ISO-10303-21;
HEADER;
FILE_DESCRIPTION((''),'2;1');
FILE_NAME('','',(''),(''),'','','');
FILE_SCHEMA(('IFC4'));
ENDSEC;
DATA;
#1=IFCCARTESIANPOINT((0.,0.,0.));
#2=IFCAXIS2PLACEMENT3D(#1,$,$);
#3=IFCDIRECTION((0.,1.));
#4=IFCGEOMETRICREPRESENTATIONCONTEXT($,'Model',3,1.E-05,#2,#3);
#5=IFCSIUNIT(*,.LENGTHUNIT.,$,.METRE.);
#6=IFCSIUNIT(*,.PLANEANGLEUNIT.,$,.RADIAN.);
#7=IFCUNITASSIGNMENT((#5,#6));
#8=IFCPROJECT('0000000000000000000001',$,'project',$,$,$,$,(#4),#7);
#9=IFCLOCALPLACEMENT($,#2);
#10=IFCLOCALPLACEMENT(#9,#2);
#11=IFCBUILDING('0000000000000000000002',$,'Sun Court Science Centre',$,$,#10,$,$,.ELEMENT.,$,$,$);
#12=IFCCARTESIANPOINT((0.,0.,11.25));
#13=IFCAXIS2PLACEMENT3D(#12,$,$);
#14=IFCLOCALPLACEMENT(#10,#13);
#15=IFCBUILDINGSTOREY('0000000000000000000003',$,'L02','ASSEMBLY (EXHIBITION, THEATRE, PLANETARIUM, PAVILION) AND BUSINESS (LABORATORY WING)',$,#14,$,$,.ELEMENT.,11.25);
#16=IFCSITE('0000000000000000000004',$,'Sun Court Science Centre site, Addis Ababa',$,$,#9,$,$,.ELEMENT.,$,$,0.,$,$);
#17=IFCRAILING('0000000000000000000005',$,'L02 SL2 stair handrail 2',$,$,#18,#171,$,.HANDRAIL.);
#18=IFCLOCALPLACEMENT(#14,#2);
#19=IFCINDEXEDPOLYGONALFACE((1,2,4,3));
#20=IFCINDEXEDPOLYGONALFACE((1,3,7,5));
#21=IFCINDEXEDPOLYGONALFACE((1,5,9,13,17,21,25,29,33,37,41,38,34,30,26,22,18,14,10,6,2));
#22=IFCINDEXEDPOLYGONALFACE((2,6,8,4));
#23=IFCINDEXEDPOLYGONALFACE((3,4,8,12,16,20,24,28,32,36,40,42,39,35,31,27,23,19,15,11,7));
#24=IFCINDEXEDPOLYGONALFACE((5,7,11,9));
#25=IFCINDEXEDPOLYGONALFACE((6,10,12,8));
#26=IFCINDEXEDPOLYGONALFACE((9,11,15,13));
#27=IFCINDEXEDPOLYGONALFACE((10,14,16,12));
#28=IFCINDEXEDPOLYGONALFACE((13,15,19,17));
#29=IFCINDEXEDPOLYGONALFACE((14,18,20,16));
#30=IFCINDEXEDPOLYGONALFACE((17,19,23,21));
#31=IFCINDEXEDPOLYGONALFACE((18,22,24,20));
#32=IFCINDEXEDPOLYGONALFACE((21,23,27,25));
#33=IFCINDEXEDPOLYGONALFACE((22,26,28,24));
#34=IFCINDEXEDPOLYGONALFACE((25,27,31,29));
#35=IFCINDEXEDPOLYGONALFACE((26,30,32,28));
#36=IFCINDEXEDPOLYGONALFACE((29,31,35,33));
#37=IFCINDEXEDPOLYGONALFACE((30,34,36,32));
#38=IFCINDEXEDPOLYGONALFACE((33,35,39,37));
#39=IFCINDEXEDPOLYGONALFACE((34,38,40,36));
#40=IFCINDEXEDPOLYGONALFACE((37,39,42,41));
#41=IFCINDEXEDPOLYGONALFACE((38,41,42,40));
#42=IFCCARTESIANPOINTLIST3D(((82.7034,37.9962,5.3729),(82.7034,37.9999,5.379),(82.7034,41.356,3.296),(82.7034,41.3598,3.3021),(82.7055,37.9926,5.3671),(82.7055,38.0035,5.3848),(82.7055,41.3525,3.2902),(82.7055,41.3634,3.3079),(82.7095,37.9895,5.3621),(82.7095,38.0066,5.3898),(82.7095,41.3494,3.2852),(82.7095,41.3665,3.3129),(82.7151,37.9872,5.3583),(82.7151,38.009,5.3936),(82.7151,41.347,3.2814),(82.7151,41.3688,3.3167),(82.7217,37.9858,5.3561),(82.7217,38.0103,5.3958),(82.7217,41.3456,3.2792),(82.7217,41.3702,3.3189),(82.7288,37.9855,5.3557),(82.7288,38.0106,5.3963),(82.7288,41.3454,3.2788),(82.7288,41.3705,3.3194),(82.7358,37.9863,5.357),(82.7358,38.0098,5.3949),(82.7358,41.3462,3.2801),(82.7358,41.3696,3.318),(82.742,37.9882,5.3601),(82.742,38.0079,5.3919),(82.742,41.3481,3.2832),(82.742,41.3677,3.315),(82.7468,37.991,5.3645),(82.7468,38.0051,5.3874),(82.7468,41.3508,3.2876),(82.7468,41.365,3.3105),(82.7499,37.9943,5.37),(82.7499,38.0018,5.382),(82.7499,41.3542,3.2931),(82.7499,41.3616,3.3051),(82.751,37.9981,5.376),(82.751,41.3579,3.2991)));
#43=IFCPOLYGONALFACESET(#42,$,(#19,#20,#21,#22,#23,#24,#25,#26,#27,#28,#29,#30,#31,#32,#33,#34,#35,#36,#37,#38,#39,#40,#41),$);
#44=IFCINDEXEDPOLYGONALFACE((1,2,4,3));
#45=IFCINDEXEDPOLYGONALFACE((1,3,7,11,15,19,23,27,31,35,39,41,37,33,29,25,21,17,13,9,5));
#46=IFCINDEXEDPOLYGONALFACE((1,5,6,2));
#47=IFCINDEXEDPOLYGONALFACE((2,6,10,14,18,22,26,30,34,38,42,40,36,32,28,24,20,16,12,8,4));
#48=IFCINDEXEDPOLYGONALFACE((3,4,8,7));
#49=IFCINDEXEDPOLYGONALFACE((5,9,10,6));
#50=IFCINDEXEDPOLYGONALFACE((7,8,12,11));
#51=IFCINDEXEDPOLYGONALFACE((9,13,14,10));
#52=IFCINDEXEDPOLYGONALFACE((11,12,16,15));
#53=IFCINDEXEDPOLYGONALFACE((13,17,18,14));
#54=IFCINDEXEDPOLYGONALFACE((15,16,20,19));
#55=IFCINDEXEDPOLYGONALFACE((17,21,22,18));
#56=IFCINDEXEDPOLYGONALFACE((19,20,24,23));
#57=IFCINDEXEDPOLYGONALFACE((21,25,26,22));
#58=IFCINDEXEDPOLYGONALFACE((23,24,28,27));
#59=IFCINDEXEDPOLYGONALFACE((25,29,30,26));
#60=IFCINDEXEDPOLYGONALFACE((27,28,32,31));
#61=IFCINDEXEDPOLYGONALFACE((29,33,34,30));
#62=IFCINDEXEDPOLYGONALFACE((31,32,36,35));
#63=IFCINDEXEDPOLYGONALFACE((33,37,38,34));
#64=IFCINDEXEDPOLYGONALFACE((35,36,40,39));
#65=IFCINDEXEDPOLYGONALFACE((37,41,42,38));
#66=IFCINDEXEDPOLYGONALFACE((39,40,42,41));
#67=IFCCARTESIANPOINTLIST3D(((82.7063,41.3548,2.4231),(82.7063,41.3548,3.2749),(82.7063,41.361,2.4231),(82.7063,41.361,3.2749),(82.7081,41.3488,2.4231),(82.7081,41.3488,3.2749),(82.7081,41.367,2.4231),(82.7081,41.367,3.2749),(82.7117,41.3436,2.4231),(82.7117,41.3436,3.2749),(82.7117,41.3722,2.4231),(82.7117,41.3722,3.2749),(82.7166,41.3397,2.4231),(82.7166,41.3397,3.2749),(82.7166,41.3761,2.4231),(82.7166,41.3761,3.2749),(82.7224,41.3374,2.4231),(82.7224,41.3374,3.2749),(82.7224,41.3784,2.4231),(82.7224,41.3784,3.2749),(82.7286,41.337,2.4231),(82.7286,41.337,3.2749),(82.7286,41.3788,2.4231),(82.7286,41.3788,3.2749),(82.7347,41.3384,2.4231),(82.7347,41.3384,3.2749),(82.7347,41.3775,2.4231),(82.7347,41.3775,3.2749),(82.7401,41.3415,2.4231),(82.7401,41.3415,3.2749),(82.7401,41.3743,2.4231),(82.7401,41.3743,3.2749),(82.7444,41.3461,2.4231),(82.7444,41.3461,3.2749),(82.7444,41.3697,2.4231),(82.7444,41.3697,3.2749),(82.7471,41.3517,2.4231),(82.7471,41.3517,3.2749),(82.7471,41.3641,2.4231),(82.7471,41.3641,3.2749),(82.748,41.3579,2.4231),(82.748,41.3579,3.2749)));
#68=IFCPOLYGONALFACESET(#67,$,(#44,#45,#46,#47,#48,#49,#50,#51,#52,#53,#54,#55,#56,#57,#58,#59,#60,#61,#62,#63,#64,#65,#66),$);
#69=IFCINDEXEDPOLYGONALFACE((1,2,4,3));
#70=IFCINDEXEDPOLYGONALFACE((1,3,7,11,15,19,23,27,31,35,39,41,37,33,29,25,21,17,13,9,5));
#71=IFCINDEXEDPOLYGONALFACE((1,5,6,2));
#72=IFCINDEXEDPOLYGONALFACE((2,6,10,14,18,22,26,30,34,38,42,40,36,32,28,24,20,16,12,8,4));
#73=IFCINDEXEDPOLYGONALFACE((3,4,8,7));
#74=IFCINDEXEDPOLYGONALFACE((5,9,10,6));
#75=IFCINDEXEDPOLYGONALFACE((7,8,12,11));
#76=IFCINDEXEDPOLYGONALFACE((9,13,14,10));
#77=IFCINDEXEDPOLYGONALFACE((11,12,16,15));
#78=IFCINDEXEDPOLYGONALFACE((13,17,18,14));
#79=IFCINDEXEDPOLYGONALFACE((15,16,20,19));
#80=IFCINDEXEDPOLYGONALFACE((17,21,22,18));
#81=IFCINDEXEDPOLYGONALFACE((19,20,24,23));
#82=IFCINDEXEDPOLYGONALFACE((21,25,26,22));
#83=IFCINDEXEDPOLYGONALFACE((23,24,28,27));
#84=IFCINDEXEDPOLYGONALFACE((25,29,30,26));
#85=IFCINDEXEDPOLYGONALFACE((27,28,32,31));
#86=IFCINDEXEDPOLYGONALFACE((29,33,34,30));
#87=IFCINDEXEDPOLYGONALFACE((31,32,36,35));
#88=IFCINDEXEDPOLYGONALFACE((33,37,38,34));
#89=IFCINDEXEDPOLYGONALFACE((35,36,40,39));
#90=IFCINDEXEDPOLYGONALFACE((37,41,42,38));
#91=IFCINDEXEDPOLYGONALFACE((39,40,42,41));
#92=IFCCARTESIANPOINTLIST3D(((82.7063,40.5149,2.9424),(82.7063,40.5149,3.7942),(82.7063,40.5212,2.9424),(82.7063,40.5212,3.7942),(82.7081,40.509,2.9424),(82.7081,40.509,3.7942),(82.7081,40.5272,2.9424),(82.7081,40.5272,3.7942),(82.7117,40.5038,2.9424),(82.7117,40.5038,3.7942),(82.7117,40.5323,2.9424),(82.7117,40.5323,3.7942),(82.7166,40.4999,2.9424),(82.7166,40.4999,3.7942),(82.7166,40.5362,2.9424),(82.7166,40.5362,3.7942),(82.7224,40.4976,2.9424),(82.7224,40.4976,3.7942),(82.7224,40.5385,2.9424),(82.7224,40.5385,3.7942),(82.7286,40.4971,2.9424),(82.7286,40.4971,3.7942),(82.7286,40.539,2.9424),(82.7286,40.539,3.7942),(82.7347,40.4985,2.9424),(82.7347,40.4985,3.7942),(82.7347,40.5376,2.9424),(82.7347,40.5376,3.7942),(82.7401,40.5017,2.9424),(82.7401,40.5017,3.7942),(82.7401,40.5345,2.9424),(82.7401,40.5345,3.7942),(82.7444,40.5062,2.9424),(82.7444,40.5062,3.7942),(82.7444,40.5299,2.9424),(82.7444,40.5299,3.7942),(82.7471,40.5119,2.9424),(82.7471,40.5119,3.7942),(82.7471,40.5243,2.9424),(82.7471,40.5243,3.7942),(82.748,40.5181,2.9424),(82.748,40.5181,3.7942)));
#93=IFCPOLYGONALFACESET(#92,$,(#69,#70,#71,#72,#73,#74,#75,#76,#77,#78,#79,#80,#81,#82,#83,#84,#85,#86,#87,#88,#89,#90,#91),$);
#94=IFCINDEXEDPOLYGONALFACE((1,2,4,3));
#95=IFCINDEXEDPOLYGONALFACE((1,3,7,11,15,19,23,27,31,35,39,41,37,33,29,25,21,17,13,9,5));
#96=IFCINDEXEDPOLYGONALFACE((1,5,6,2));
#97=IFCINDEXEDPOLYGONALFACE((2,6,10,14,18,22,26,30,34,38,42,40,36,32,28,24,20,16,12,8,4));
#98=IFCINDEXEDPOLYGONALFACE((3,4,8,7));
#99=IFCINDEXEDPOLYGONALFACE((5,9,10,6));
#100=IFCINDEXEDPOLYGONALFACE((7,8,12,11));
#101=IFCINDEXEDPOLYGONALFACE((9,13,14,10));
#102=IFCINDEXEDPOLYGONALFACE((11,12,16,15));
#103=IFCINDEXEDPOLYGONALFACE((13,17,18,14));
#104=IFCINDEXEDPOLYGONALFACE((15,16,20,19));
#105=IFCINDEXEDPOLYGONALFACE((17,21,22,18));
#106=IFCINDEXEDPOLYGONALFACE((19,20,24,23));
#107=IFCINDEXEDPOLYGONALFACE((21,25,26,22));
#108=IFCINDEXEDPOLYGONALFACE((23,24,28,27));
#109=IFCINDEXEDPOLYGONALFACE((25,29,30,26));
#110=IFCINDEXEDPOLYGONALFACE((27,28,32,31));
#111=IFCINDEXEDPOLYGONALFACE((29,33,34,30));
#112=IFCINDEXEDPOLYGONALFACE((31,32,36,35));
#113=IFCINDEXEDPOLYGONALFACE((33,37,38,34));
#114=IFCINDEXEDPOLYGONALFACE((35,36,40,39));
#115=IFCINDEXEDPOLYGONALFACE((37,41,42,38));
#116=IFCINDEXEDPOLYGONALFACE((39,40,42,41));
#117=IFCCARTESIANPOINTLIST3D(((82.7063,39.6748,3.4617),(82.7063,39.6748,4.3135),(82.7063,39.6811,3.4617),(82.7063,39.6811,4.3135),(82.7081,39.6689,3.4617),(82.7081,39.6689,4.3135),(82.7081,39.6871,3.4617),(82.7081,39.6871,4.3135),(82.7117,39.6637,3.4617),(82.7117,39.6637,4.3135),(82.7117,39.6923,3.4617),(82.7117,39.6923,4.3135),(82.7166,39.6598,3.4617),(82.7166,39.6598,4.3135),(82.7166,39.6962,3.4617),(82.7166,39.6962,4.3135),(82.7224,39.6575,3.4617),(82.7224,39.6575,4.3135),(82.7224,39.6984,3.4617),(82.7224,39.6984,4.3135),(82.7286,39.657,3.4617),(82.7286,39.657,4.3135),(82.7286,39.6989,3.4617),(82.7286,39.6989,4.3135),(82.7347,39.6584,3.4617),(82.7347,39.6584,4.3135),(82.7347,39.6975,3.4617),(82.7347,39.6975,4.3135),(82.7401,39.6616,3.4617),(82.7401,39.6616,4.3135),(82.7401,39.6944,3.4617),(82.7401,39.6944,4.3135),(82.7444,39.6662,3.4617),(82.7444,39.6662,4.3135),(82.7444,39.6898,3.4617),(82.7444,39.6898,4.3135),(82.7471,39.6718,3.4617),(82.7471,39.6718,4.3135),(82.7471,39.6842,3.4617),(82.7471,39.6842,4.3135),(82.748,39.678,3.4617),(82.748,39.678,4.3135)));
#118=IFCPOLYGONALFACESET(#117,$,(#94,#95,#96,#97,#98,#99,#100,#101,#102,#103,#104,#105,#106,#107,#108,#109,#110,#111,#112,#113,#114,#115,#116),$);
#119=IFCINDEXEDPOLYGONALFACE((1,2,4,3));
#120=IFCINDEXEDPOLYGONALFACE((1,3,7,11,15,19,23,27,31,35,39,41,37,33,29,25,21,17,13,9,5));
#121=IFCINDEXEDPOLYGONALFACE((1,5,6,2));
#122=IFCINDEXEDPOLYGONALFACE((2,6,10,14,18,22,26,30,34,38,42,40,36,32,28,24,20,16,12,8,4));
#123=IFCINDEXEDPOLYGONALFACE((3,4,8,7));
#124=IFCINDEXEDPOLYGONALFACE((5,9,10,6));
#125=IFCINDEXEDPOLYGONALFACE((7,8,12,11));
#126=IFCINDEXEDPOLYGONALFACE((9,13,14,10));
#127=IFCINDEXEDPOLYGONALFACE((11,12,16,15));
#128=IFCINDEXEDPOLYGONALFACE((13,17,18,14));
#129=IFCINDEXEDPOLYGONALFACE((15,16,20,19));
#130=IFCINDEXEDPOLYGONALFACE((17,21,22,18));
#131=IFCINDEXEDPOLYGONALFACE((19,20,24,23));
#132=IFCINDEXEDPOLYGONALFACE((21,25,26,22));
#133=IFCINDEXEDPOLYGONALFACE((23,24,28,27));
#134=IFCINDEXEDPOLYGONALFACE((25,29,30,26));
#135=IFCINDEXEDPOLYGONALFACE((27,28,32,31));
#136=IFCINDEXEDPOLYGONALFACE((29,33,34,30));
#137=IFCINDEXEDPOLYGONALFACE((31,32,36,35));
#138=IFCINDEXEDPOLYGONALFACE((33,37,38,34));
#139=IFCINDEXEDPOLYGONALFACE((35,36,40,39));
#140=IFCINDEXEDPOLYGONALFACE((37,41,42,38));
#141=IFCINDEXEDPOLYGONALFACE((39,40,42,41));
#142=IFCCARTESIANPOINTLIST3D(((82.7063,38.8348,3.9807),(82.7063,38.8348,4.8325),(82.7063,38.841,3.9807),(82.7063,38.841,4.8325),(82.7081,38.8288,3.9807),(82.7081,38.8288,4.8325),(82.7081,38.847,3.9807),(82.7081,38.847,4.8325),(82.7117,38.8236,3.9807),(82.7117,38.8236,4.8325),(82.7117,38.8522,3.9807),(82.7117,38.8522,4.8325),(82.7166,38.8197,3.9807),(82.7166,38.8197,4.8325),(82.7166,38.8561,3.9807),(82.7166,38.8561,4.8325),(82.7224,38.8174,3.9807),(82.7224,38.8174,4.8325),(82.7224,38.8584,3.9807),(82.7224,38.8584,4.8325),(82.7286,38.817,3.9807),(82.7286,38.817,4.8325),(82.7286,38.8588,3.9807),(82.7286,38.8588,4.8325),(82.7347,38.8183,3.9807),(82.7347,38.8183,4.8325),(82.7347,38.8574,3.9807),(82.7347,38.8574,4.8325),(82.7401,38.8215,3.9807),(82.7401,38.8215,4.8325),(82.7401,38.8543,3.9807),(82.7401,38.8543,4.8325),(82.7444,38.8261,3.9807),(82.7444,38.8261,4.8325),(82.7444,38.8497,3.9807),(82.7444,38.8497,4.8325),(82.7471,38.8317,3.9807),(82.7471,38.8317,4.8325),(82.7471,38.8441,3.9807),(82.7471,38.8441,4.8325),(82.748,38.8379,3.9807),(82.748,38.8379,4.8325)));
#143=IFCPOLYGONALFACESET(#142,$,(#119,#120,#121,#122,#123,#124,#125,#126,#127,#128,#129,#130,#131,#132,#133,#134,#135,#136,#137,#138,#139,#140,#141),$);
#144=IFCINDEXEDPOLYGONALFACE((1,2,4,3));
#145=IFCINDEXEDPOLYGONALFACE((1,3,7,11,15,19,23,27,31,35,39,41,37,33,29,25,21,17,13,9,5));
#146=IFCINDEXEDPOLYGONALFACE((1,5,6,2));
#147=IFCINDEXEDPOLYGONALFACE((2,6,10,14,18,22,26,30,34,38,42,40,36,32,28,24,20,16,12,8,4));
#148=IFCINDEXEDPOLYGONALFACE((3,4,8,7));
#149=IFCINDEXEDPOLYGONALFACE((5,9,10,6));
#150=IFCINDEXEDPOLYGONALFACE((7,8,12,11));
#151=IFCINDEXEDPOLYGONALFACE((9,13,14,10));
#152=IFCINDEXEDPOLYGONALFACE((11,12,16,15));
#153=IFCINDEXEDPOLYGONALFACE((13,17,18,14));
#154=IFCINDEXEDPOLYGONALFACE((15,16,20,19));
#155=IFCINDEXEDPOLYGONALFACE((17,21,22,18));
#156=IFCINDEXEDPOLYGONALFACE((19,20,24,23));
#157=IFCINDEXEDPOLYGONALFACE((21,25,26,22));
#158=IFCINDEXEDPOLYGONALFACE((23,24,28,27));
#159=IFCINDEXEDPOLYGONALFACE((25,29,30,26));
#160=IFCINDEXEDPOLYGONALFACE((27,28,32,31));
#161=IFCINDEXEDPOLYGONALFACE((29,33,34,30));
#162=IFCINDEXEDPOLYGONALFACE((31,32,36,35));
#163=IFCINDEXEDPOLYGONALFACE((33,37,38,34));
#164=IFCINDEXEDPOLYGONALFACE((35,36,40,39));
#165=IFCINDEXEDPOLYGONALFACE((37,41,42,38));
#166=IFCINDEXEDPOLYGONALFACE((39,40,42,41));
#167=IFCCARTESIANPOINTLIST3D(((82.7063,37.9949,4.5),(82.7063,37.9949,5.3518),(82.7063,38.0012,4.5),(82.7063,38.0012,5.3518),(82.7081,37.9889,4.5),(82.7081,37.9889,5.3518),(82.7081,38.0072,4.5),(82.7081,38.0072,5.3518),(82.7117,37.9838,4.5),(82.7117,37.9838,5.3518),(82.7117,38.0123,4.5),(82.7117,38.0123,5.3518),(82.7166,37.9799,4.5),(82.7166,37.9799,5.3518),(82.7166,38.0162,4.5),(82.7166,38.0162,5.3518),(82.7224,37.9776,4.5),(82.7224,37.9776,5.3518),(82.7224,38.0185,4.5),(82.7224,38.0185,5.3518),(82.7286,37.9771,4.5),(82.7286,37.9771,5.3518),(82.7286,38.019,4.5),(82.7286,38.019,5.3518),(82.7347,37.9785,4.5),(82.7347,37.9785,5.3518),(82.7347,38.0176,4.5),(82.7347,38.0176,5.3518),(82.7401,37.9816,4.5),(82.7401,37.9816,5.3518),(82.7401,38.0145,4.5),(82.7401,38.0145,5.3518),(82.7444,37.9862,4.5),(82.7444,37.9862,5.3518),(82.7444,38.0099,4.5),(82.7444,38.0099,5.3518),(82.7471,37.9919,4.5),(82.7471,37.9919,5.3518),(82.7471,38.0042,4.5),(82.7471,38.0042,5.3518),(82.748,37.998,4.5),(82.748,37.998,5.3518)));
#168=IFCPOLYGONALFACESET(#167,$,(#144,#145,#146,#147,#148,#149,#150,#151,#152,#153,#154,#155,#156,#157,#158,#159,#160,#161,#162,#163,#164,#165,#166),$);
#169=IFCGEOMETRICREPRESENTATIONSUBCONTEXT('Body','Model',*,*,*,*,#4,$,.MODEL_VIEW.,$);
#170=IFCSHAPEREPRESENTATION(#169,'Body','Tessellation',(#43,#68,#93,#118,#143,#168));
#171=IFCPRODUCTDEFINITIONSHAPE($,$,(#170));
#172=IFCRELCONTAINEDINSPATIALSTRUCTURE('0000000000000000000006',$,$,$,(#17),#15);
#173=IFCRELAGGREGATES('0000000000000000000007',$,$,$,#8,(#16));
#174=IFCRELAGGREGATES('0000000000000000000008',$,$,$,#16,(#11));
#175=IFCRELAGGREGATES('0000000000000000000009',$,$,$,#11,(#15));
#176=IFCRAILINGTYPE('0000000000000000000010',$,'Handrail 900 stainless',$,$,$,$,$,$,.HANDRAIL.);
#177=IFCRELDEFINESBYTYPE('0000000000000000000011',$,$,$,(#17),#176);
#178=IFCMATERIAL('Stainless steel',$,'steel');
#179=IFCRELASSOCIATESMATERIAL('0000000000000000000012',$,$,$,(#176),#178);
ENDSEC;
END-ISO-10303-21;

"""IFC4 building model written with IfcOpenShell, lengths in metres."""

from ifc_helpers import new_model, si_unit, direction, frame, origin, origin_2d, place, context, subcontext, project, spatial, circle, extrude, material, type_object, element, save


model = new_model("IFC4")

# Units and contexts
model_context = context("Model", 3, precision=1e-05, world=origin(), true_north=direction((0.0, 1.0)))
body_context = subcontext(model_context, "Body", "Model", "MODEL_VIEW")
ifc_project = project(units=[si_unit("LENGTHUNIT", "METRE"), si_unit("PLANEANGLEUNIT", "RADIAN")], contexts=[model_context])

# Site, building, storey
site_placement = place(None, origin())
site = spatial("IfcSite", under=ifc_project, at=site_placement, Name="Sun Court Science Centre site, Addis Ababa", CompositionType="ELEMENT", RefElevation=0.0)
building_placement = place(site_placement, origin())
building = spatial("IfcBuilding", under=site, at=building_placement, Name="Sun Court Science Centre", CompositionType="ELEMENT")
storey_placement = place(building_placement, frame((0.0, 0.0, 11.25)))
storey = spatial("IfcBuildingStorey", under=building, at=storey_placement, Name="L02", Description="ASSEMBLY (EXHIBITION, THEATRE, PLANETARIUM, PAVILION) AND BUSINESS (LABORATORY WING)", CompositionType="ELEMENT", Elevation=11.25)

# Railing
ifc_material_1 = material(Name="Stainless steel", Category="steel")
railing_type_1 = type_object("IfcRailingType", Name="Handrail 900 stainless", PredefinedType="HANDRAIL", material=ifc_material_1)
railing_1_placement = place(storey_placement, frame((82.7271, 41.3579, 2.4231)))
element("IfcRailing", 1, at=railing_1_placement, inside=storey, type_object=railing_type_1, Name="L02 SL2 stair handrail 2", PredefinedType="HANDRAIL", context=body_context, shape_type="SweptSolid", body=[
    extrude(circle(Radius=0.0239, at=origin_2d()), frame((0.0, 0.0, 0.876), z_axis=(0.0, -0.850606, 0.525803), x_axis=(1.0, 0.0, 0.0)), (0.0, 0.0, 1.0), 3.95),
    extrude(circle(Radius=0.021, at=origin_2d()), origin(), (0.0, 0.0, 1.0), 0.8518),
    extrude(circle(Radius=0.021, at=origin_2d()), frame((0.0, -0.8398, 0.5193)), (0.0, 0.0, 1.0), 0.8518),
    extrude(circle(Radius=0.021, at=origin_2d()), frame((0.0, -1.6799, 1.0386)), (0.0, 0.0, 1.0), 0.8518),
    extrude(circle(Radius=0.021, at=origin_2d()), frame((0.0, -2.52, 1.5576)), (0.0, 0.0, 1.0), 0.8518),
    extrude(circle(Radius=0.021, at=origin_2d()), frame((0.0, -3.3599, 2.0769)), (0.0, 0.0, 1.0), 0.8518),
])

save(model, "model.ifc")
